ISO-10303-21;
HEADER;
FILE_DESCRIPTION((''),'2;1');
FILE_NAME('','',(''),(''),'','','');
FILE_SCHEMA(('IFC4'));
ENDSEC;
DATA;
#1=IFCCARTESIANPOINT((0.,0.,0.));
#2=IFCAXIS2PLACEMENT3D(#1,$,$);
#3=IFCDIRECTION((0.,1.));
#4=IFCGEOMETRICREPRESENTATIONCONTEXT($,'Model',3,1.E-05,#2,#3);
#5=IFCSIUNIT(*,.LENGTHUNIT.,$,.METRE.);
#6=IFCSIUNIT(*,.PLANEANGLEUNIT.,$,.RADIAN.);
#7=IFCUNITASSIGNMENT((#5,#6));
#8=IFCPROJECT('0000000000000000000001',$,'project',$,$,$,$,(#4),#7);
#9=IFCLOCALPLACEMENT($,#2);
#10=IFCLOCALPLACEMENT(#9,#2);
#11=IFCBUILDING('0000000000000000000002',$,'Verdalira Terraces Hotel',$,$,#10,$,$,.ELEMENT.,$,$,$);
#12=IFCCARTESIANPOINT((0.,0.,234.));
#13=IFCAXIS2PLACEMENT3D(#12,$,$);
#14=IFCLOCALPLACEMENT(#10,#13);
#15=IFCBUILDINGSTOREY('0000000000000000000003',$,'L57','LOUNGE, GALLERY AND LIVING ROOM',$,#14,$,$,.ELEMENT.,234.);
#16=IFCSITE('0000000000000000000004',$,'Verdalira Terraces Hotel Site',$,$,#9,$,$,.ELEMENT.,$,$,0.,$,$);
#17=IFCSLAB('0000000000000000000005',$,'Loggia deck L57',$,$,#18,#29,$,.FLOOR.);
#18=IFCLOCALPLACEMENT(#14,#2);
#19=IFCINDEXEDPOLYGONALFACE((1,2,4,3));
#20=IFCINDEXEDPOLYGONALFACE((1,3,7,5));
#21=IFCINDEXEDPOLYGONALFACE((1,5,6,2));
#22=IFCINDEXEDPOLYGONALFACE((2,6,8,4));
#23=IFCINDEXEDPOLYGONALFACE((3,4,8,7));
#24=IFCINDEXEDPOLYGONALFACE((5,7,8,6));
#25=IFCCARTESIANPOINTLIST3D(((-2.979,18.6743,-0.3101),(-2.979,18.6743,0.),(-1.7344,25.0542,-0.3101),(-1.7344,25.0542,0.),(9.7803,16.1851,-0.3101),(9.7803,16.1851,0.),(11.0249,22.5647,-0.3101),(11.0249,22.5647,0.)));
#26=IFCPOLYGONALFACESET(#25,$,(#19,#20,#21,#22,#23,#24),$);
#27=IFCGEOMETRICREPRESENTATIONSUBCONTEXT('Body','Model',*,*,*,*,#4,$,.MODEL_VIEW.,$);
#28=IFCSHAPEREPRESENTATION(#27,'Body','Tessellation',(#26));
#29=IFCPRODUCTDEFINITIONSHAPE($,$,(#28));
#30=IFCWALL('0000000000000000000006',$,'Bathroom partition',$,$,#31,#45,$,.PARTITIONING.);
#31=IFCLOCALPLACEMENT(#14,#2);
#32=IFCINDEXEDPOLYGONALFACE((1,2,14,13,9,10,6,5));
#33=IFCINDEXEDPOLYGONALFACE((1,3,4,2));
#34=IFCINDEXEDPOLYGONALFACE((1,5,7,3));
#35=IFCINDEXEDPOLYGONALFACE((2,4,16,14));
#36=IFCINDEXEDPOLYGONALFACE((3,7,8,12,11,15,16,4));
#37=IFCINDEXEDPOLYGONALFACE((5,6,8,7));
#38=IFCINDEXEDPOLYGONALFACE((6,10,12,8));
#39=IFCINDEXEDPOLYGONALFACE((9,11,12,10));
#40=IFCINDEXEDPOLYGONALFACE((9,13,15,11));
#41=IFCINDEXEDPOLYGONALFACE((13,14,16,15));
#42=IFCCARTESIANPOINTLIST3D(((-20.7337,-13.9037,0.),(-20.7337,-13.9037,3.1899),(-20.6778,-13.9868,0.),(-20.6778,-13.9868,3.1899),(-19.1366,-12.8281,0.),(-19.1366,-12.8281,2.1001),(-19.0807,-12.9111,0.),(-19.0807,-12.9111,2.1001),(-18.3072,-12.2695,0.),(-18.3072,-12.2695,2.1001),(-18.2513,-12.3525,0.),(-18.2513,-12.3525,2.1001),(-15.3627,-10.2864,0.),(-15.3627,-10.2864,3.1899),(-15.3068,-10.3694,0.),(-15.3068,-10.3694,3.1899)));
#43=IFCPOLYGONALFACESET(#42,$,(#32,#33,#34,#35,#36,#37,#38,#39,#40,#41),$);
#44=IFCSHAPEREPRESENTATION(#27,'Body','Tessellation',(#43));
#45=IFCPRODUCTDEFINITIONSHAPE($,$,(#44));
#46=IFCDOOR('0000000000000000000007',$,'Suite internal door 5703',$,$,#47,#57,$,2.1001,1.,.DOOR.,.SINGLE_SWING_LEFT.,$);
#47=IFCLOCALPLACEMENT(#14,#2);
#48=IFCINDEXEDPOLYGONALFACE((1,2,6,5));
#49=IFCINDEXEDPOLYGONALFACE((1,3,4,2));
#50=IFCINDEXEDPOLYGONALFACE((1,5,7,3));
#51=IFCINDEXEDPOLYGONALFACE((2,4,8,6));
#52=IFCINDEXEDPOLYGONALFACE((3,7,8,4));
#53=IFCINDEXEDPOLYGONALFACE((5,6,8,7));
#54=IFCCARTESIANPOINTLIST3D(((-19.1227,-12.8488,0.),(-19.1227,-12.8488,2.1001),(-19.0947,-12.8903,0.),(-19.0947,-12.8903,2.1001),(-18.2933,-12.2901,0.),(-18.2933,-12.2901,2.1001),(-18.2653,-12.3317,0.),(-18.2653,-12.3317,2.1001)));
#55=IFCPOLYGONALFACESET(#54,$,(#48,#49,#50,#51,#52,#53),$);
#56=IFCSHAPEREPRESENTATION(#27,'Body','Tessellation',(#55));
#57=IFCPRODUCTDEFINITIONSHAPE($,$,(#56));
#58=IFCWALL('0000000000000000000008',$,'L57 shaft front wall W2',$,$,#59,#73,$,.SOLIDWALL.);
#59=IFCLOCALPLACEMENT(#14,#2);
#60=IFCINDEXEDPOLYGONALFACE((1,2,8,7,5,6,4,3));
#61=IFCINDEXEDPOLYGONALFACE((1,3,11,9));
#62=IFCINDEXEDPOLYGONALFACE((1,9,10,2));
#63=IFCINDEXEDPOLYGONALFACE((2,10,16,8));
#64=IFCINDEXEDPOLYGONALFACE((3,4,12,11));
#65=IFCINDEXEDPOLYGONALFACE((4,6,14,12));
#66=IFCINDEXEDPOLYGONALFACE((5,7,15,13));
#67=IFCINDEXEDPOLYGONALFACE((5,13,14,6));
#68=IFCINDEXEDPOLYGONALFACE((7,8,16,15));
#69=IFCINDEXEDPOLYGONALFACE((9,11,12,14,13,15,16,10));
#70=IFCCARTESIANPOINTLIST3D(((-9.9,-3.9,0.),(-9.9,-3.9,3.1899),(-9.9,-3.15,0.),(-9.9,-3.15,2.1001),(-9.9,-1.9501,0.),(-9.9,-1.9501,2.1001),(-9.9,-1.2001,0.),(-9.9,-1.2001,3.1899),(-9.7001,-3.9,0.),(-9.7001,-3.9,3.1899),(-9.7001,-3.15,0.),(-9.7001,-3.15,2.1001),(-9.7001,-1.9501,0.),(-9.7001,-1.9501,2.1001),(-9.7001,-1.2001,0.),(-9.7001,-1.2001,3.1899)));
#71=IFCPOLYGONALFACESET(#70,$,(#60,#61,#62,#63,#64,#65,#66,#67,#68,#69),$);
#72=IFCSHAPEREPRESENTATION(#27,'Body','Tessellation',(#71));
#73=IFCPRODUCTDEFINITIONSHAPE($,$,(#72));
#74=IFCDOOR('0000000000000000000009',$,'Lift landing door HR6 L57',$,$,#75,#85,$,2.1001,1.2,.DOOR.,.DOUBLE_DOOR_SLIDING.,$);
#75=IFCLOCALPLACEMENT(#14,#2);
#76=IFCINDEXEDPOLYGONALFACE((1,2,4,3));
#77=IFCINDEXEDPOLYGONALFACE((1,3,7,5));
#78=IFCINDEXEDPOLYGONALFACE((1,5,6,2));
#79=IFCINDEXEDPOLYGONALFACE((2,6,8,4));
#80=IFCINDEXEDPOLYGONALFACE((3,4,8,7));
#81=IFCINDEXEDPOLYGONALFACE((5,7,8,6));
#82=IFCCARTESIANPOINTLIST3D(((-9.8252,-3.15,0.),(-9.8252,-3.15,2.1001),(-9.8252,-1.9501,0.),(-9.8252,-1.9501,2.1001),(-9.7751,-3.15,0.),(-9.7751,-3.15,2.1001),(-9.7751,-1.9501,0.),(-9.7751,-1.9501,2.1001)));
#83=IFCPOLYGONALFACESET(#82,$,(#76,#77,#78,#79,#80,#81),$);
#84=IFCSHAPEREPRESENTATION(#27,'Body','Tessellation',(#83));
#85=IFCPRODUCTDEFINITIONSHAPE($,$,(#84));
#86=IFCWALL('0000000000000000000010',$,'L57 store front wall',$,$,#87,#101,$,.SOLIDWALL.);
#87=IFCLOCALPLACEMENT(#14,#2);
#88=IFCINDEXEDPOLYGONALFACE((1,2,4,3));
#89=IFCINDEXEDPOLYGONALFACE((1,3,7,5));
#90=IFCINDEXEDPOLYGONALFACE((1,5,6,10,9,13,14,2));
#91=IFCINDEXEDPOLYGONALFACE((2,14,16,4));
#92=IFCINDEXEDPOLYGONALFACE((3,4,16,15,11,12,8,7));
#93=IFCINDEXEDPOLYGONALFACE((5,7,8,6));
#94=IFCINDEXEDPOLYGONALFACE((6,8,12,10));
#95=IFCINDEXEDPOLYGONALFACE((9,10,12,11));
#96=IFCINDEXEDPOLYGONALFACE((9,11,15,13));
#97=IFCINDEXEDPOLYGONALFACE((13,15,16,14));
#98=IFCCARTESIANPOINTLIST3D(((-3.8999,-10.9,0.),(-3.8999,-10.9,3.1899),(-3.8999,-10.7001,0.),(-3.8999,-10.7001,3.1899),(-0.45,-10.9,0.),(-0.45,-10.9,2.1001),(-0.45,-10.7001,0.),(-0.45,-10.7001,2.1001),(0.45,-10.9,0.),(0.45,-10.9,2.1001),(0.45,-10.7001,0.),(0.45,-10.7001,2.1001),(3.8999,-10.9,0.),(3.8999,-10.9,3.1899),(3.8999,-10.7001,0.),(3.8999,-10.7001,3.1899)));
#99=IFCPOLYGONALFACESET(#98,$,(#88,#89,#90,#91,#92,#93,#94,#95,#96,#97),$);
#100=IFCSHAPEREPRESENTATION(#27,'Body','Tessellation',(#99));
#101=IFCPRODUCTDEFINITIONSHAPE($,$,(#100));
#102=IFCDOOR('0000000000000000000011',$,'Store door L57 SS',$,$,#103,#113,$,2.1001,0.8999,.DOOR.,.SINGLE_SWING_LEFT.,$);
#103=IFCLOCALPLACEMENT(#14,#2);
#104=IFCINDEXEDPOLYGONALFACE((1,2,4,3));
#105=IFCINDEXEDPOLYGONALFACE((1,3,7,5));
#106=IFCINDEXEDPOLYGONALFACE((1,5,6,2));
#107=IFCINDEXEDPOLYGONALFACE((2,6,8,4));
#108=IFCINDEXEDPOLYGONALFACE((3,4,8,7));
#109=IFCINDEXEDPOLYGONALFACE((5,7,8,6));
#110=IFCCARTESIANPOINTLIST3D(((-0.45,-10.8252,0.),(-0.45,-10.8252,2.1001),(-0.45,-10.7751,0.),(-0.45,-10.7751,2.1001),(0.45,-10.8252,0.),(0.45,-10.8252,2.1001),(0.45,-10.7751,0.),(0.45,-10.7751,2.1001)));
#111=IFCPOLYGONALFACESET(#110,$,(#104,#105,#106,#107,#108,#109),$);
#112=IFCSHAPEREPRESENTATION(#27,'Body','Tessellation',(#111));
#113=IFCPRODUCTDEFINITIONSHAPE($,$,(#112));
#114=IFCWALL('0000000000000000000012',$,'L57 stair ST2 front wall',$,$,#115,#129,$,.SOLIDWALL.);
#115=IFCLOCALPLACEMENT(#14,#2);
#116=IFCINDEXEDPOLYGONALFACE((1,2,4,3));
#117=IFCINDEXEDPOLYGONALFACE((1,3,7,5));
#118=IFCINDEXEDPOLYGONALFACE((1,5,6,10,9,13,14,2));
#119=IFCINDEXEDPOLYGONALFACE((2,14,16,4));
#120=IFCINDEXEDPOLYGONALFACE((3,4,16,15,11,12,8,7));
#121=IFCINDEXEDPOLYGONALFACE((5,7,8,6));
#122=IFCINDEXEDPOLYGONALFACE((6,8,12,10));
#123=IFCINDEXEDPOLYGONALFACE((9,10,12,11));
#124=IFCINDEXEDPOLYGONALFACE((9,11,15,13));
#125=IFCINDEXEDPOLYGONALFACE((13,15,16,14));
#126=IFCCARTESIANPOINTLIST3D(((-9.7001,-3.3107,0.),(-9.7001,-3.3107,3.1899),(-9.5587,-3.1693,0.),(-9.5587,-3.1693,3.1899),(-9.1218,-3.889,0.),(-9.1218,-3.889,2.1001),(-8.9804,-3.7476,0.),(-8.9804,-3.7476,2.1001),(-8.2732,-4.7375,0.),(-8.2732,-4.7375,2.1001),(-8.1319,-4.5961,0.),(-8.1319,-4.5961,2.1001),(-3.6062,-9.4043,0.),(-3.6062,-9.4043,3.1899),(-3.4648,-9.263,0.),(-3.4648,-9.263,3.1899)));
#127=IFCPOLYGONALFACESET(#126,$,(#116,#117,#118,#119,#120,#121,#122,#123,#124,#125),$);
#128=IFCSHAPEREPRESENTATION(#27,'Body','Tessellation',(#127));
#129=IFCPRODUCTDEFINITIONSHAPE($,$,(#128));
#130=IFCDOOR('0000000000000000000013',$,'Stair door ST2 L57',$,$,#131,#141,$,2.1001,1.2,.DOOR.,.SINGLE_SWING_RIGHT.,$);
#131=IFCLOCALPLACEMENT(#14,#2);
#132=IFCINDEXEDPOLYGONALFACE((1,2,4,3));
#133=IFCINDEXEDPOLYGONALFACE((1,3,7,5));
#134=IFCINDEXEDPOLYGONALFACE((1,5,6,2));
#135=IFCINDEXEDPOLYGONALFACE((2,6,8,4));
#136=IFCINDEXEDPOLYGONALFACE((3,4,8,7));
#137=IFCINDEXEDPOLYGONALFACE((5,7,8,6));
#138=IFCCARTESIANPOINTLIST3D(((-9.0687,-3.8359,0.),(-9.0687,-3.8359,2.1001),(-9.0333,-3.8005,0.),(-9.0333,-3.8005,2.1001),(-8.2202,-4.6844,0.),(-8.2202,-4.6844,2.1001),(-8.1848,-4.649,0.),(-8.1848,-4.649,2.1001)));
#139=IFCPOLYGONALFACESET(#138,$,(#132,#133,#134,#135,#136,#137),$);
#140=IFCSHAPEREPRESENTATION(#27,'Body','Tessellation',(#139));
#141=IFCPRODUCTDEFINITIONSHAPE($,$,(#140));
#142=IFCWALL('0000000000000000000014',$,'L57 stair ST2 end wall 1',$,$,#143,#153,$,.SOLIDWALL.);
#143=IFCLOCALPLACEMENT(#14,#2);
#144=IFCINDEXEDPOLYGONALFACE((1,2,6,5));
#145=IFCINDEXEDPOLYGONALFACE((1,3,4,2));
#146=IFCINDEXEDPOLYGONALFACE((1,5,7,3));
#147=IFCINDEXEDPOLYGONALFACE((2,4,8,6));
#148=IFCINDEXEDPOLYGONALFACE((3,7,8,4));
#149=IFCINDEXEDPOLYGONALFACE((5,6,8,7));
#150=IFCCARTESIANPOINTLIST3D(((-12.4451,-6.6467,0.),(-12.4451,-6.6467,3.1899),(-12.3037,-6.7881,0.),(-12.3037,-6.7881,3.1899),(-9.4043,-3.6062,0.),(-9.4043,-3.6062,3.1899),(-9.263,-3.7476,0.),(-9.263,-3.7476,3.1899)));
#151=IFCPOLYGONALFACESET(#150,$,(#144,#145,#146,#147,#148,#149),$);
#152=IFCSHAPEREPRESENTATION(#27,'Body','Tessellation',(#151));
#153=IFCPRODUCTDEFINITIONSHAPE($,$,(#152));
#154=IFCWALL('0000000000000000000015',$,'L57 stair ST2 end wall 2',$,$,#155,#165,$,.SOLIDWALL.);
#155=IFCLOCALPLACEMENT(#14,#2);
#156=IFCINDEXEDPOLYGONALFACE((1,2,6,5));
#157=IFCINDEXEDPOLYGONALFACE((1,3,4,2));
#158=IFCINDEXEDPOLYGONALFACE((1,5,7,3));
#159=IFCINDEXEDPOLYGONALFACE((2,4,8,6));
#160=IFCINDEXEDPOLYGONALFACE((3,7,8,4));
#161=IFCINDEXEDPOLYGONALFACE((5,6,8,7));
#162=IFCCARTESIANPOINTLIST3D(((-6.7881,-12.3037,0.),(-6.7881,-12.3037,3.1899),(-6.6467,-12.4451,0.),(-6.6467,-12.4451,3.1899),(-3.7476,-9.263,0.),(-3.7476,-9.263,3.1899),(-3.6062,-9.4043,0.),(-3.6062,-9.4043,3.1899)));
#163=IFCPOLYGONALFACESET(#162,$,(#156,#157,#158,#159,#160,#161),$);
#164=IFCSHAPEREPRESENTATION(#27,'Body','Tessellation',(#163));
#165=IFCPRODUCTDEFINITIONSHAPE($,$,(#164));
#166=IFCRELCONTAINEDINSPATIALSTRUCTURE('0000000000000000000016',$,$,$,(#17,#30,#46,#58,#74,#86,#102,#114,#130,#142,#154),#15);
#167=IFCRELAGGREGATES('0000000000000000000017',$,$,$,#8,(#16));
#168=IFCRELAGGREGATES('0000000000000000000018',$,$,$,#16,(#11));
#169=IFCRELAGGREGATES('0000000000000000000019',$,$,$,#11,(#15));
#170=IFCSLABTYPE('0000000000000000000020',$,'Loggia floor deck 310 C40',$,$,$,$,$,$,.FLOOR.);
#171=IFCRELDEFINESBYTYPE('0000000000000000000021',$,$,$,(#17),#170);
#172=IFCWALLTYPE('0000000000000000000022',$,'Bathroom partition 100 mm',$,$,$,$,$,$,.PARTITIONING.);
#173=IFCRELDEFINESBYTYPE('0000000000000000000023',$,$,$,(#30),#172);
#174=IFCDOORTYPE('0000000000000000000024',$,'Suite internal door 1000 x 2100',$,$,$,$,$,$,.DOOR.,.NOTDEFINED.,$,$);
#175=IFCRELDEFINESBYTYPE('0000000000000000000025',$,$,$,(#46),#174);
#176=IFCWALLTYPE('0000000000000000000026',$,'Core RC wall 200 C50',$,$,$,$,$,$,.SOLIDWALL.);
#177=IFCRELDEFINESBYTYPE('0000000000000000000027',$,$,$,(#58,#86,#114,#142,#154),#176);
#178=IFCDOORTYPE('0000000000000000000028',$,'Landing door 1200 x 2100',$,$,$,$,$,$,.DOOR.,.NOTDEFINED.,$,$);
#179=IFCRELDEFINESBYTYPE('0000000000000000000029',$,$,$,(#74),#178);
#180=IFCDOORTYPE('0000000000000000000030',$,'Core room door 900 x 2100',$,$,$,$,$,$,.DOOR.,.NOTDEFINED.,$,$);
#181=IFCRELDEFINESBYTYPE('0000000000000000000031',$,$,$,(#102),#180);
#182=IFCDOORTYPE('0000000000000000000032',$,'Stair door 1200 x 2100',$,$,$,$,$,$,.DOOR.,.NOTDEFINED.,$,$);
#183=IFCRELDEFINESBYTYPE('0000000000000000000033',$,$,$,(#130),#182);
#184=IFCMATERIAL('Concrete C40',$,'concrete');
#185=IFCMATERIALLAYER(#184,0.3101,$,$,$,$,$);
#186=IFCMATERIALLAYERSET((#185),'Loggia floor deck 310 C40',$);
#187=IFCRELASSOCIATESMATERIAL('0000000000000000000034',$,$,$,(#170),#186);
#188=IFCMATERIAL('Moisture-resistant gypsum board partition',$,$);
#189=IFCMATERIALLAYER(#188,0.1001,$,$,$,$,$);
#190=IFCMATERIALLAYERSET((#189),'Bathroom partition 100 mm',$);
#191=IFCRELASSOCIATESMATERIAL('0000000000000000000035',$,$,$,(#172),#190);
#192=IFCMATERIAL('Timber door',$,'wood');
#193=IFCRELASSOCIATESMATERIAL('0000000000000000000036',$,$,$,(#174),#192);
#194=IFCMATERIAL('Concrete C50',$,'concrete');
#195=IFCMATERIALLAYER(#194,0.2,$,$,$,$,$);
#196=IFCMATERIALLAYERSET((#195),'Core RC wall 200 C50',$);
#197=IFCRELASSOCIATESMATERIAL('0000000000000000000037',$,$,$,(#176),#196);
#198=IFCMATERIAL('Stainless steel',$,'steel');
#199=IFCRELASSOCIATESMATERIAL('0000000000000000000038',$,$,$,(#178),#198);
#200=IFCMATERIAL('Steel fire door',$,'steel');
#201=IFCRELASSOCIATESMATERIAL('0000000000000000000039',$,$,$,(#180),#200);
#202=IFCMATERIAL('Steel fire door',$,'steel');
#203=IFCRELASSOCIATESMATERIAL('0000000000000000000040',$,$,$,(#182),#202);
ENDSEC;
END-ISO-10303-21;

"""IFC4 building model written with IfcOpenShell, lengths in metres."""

from ifc_helpers import new_model, si_unit, direction, frame, frame_2d, origin, place, context, subcontext, project, spatial, polyline, rectangle, outline, extrude, material, layer, layer_set, type_object, element, fill, save


model = new_model("IFC4")

# Units and contexts
model_context = context("Model", 3, precision=1e-05, world=origin(), true_north=direction((0.0, 1.0)))
body_context = subcontext(model_context, "Body", "Model", "MODEL_VIEW")
ifc_project = project(units=[si_unit("LENGTHUNIT", "METRE"), si_unit("PLANEANGLEUNIT", "RADIAN")], contexts=[model_context])

# Site, building, storey
site_placement = place(None, origin())
site = spatial("IfcSite", under=ifc_project, at=site_placement, Name="Verdalira Terraces Hotel Site", CompositionType="ELEMENT", RefElevation=0.0)
building_placement = place(site_placement, origin())
building = spatial("IfcBuilding", under=site, at=building_placement, Name="Verdalira Terraces Hotel", CompositionType="ELEMENT")
storey_placement = place(building_placement, frame((0.0, 0.0, 234.0)))
storey = spatial("IfcBuildingStorey", under=building, at=storey_placement, Name="L57", Description="LOUNGE, GALLERY AND LIVING ROOM", CompositionType="ELEMENT", Elevation=234.0)

# Slab
ifc_material_1 = material(Name="Concrete C40", Category="concrete")
ifc_layer_1 = layer(ifc_material_1, 0.3101)
ifc_layer_set_1 = layer_set([ifc_layer_1], Name="Loggia floor deck 310 C40")
slab_type = type_object("IfcSlabType", Name="Loggia floor deck 310 C40", PredefinedType="FLOOR", material=ifc_layer_set_1)
slab_placement = place(storey_placement, frame((0.0, 0.0, -0.3101)))
element("IfcSlab", 1, at=slab_placement, inside=storey, type_object=slab_type, Name="Loggia deck L57", PredefinedType="FLOOR", context=body_context, shape_type="SweptSolid", body=[
    extrude(outline(polyline([(9.7803, 16.1851), (11.0249, 22.5647), (-1.7344, 25.0542), (-2.979, 18.6743), (9.7803, 16.1851)])), origin(), (0.0, 0.0, 1.0), 0.3101),
])

# Walls, openings, doors
ifc_material_2 = material(Name="Moisture-resistant gypsum board partition")
ifc_layer_2 = layer(ifc_material_2, 0.1001)
ifc_layer_set_2 = layer_set([ifc_layer_2], Name="Bathroom partition 100 mm")
wall_type_1 = type_object("IfcWallType", Name="Bathroom partition 100 mm", PredefinedType="PARTITIONING", material=ifc_layer_set_2)
wall_1_placement = place(storey_placement, frame((-15.3347, -10.3279, 0.0), z_axis=(0.0, 0.0, 1.0), x_axis=(-0.829425, -0.558618, 0.0)))
wall_1 = element("IfcWall", 2, at=wall_1_placement, inside=storey, type_object=wall_type_1, Name="Bathroom partition", PredefinedType="PARTITIONING", context=body_context, shape_type="SweptSolid", body=[
    extrude(rectangle(XDim=6.4756, YDim=0.1001, at=frame_2d((3.2378, 0.0))), origin(), (0.0, 0.0, 1.0), 3.1899),
])
opening_1_placement = place(wall_1_placement, frame((3.55, 0.0, 0.0)))
opening_1 = element("IfcOpeningElement", 3, at=opening_1_placement, cuts=wall_1, PredefinedType="OPENING", context=body_context, shape_type="SweptSolid", body=[
    extrude(rectangle(XDim=1.0, YDim=2.1001, at=frame_2d((0.5, 1.05))), frame((0.0, 0.0601, 0.0), z_axis=(0.0, -1.0, 0.0), x_axis=(1.0, 0.0, 0.0)), (0.0, 0.0, 1.0), 0.1201),
])
ifc_material_3 = material(Name="Timber door", Category="wood")
door_type_1 = type_object("IfcDoorType", Name="Suite internal door 1000 x 2100", OperationType="NOTDEFINED", PredefinedType="DOOR", material=ifc_material_3)
door_1_placement = place(opening_1_placement, origin())
door_1 = element("IfcDoor", 4, at=door_1_placement, inside=storey, type_object=door_type_1, Name="Suite internal door 5703", OperationType="SINGLE_SWING_LEFT", OverallHeight=2.1001, OverallWidth=1.0, PredefinedType="DOOR", context=body_context, shape_type="SweptSolid", body=[
    extrude(rectangle(XDim=1.0, YDim=2.1001, at=frame_2d((0.5, 1.05))), frame((0.0, 0.0249, 0.0), z_axis=(0.0, -1.0, 0.0), x_axis=(1.0, 0.0, 0.0)), (0.0, 0.0, 1.0), 0.05),
])
fill(opening_1, door_1)
ifc_material_4 = material(Name="Concrete C50", Category="concrete")
ifc_layer_3 = layer(ifc_material_4, 0.2)
ifc_layer_set_3 = layer_set([ifc_layer_3], Name="Core RC wall 200 C50")
wall_type_2 = type_object("IfcWallType", Name="Core RC wall 200 C50", PredefinedType="SOLIDWALL", material=ifc_layer_set_3)
wall_2_placement = place(storey_placement, frame((-9.8, -1.2, 0.0), z_axis=(0.0, 0.0, 1.0), x_axis=(0.0, -1.0, 0.0)))
wall_2 = element("IfcWall", 5, at=wall_2_placement, inside=storey, type_object=wall_type_2, Name="L57 shaft front wall W2", PredefinedType="SOLIDWALL", context=body_context, shape_type="SweptSolid", body=[
    extrude(rectangle(XDim=2.7, YDim=0.2, at=frame_2d((1.3501, 0.0))), origin(), (0.0, 0.0, 1.0), 3.1899),
])
opening_2_placement = place(wall_2_placement, frame((0.75, 0.0, 0.0)))
opening_2 = element("IfcOpeningElement", 6, at=opening_2_placement, cuts=wall_2, PredefinedType="OPENING", context=body_context, shape_type="SweptSolid", body=[
    extrude(rectangle(XDim=1.2, YDim=2.1001, at=frame_2d((0.6001, 1.05))), frame((0.0, 0.1099, 0.0), z_axis=(0.0, -1.0, 0.0), x_axis=(1.0, 0.0, 0.0)), (0.0, 0.0, 1.0), 0.22),
])
ifc_material_5 = material(Name="Stainless steel", Category="steel")
door_type_2 = type_object("IfcDoorType", Name="Landing door 1200 x 2100", OperationType="NOTDEFINED", PredefinedType="DOOR", material=ifc_material_5)
door_2_placement = place(opening_2_placement, origin())
door_2 = element("IfcDoor", 7, at=door_2_placement, inside=storey, type_object=door_type_2, Name="Lift landing door HR6 L57", OperationType="DOUBLE_DOOR_SLIDING", OverallHeight=2.1001, OverallWidth=1.2, PredefinedType="DOOR", context=body_context, shape_type="SweptSolid", body=[
    extrude(rectangle(XDim=1.2, YDim=2.1001, at=frame_2d((0.6001, 1.05))), frame((0.0, 0.0249, 0.0), z_axis=(0.0, -1.0, 0.0), x_axis=(1.0, 0.0, 0.0)), (0.0, 0.0, 1.0), 0.05),
])
fill(opening_2, door_2)
wall_3_placement = place(storey_placement, frame((-3.8999, -10.8, 0.0), z_axis=(0.0, 0.0, 1.0), x_axis=(1.0, 0.0, 0.0)))
wall_3 = element("IfcWall", 8, at=wall_3_placement, inside=storey, type_object=wall_type_2, Name="L57 store front wall", PredefinedType="SOLIDWALL", context=body_context, shape_type="SweptSolid", body=[
    extrude(rectangle(XDim=7.7998, YDim=0.2, at=frame_2d((3.8999, 0.0))), origin(), (0.0, 0.0, 1.0), 3.1899),
])
opening_3_placement = place(wall_3_placement, frame((3.45, 0.0, 0.0)))
opening_3 = element("IfcOpeningElement", 9, at=opening_3_placement, cuts=wall_3, PredefinedType="OPENING", context=body_context, shape_type="SweptSolid", body=[
    extrude(rectangle(XDim=0.8999, YDim=2.1001, at=frame_2d((0.45, 1.05))), frame((0.0, 0.1099, 0.0), z_axis=(0.0, -1.0, 0.0), x_axis=(1.0, 0.0, 0.0)), (0.0, 0.0, 1.0), 0.22),
])
ifc_material_6 = material(Name="Steel fire door", Category="steel")
door_type_3 = type_object("IfcDoorType", Name="Core room door 900 x 2100", OperationType="NOTDEFINED", PredefinedType="DOOR", material=ifc_material_6)
door_3_placement = place(opening_3_placement, origin())
door_3 = element("IfcDoor", 10, at=door_3_placement, inside=storey, type_object=door_type_3, Name="Store door L57 SS", OperationType="SINGLE_SWING_LEFT", OverallHeight=2.1001, OverallWidth=0.8999, PredefinedType="DOOR", context=body_context, shape_type="SweptSolid", body=[
    extrude(rectangle(XDim=0.8999, YDim=2.1001, at=frame_2d((0.45, 1.05))), frame((0.0, 0.0249, 0.0), z_axis=(0.0, -1.0, 0.0), x_axis=(1.0, 0.0, 0.0)), (0.0, 0.0, 1.0), 0.05),
])
fill(opening_3, door_3)
wall_4_placement = place(storey_placement, frame((-3.5354, -9.3337, 0.0), z_axis=(0.0, 0.0, 1.0), x_axis=(-0.707121, 0.707093, 0.0)))
wall_4 = element("IfcWall", 11, at=wall_4_placement, inside=storey, type_object=wall_type_2, Name="L57 stair ST2 front wall", PredefinedType="SOLIDWALL", context=body_context, shape_type="SweptSolid", body=[
    extrude(rectangle(XDim=8.6179, YDim=0.2, at=frame_2d((4.3091, 0.0))), origin(), (0.0, 0.0, 1.0), 3.1899),
])
opening_4_placement = place(wall_4_placement, frame((6.6001, 0.0, 0.0)))
opening_4 = element("IfcOpeningElement", 12, at=opening_4_placement, cuts=wall_4, PredefinedType="OPENING", context=body_context, shape_type="SweptSolid", body=[
    extrude(rectangle(XDim=1.2, YDim=2.1001, at=frame_2d((0.6001, 1.05))), frame((0.0, 0.1099, 0.0), z_axis=(0.0, -1.0, 0.0), x_axis=(1.0, 0.0, 0.0)), (0.0, 0.0, 1.0), 0.22),
])
ifc_material_7 = material(Name="Steel fire door", Category="steel")
door_type_4 = type_object("IfcDoorType", Name="Stair door 1200 x 2100", OperationType="NOTDEFINED", PredefinedType="DOOR", material=ifc_material_7)
door_4_placement = place(opening_4_placement, origin())
door_4 = element("IfcDoor", 13, at=door_4_placement, inside=storey, type_object=door_type_4, Name="Stair door ST2 L57", OperationType="SINGLE_SWING_RIGHT", OverallHeight=2.1001, OverallWidth=1.2, PredefinedType="DOOR", context=body_context, shape_type="SweptSolid", body=[
    extrude(rectangle(XDim=1.2, YDim=2.1001, at=frame_2d((0.6001, 1.05))), frame((0.0, 0.0249, 0.0), z_axis=(0.0, -1.0, 0.0), x_axis=(1.0, 0.0, 0.0)), (0.0, 0.0, 1.0), 0.05),
])
fill(opening_4, door_4)

# Walls
for number, where, z_axis, x_axis, name in (
    (14, (-9.3337, -3.677, 0.0), (0.0, 0.0, 1.0), (-0.707135, -0.707078, 0.0), "L57 stair ST2 end wall 1"),
    (15, (-3.677, -9.3337, 0.0), (0.0, 0.0, 1.0), (-0.707078, -0.707135, 0.0), "L57 stair ST2 end wall 2"),
):
    element("IfcWall", number, at=place(storey_placement, frame(where, z_axis=z_axis, x_axis=x_axis)), inside=storey, type_object=wall_type_2, Name=name, PredefinedType="SOLIDWALL", context=body_context, shape_type="SweptSolid", body=[
        extrude(rectangle(XDim=4.3, YDim=0.2, at=frame_2d((2.1499, 0.0))), origin(), (0.0, 0.0, 1.0), 3.1899),
    ])

save(model, "model.ifc")
